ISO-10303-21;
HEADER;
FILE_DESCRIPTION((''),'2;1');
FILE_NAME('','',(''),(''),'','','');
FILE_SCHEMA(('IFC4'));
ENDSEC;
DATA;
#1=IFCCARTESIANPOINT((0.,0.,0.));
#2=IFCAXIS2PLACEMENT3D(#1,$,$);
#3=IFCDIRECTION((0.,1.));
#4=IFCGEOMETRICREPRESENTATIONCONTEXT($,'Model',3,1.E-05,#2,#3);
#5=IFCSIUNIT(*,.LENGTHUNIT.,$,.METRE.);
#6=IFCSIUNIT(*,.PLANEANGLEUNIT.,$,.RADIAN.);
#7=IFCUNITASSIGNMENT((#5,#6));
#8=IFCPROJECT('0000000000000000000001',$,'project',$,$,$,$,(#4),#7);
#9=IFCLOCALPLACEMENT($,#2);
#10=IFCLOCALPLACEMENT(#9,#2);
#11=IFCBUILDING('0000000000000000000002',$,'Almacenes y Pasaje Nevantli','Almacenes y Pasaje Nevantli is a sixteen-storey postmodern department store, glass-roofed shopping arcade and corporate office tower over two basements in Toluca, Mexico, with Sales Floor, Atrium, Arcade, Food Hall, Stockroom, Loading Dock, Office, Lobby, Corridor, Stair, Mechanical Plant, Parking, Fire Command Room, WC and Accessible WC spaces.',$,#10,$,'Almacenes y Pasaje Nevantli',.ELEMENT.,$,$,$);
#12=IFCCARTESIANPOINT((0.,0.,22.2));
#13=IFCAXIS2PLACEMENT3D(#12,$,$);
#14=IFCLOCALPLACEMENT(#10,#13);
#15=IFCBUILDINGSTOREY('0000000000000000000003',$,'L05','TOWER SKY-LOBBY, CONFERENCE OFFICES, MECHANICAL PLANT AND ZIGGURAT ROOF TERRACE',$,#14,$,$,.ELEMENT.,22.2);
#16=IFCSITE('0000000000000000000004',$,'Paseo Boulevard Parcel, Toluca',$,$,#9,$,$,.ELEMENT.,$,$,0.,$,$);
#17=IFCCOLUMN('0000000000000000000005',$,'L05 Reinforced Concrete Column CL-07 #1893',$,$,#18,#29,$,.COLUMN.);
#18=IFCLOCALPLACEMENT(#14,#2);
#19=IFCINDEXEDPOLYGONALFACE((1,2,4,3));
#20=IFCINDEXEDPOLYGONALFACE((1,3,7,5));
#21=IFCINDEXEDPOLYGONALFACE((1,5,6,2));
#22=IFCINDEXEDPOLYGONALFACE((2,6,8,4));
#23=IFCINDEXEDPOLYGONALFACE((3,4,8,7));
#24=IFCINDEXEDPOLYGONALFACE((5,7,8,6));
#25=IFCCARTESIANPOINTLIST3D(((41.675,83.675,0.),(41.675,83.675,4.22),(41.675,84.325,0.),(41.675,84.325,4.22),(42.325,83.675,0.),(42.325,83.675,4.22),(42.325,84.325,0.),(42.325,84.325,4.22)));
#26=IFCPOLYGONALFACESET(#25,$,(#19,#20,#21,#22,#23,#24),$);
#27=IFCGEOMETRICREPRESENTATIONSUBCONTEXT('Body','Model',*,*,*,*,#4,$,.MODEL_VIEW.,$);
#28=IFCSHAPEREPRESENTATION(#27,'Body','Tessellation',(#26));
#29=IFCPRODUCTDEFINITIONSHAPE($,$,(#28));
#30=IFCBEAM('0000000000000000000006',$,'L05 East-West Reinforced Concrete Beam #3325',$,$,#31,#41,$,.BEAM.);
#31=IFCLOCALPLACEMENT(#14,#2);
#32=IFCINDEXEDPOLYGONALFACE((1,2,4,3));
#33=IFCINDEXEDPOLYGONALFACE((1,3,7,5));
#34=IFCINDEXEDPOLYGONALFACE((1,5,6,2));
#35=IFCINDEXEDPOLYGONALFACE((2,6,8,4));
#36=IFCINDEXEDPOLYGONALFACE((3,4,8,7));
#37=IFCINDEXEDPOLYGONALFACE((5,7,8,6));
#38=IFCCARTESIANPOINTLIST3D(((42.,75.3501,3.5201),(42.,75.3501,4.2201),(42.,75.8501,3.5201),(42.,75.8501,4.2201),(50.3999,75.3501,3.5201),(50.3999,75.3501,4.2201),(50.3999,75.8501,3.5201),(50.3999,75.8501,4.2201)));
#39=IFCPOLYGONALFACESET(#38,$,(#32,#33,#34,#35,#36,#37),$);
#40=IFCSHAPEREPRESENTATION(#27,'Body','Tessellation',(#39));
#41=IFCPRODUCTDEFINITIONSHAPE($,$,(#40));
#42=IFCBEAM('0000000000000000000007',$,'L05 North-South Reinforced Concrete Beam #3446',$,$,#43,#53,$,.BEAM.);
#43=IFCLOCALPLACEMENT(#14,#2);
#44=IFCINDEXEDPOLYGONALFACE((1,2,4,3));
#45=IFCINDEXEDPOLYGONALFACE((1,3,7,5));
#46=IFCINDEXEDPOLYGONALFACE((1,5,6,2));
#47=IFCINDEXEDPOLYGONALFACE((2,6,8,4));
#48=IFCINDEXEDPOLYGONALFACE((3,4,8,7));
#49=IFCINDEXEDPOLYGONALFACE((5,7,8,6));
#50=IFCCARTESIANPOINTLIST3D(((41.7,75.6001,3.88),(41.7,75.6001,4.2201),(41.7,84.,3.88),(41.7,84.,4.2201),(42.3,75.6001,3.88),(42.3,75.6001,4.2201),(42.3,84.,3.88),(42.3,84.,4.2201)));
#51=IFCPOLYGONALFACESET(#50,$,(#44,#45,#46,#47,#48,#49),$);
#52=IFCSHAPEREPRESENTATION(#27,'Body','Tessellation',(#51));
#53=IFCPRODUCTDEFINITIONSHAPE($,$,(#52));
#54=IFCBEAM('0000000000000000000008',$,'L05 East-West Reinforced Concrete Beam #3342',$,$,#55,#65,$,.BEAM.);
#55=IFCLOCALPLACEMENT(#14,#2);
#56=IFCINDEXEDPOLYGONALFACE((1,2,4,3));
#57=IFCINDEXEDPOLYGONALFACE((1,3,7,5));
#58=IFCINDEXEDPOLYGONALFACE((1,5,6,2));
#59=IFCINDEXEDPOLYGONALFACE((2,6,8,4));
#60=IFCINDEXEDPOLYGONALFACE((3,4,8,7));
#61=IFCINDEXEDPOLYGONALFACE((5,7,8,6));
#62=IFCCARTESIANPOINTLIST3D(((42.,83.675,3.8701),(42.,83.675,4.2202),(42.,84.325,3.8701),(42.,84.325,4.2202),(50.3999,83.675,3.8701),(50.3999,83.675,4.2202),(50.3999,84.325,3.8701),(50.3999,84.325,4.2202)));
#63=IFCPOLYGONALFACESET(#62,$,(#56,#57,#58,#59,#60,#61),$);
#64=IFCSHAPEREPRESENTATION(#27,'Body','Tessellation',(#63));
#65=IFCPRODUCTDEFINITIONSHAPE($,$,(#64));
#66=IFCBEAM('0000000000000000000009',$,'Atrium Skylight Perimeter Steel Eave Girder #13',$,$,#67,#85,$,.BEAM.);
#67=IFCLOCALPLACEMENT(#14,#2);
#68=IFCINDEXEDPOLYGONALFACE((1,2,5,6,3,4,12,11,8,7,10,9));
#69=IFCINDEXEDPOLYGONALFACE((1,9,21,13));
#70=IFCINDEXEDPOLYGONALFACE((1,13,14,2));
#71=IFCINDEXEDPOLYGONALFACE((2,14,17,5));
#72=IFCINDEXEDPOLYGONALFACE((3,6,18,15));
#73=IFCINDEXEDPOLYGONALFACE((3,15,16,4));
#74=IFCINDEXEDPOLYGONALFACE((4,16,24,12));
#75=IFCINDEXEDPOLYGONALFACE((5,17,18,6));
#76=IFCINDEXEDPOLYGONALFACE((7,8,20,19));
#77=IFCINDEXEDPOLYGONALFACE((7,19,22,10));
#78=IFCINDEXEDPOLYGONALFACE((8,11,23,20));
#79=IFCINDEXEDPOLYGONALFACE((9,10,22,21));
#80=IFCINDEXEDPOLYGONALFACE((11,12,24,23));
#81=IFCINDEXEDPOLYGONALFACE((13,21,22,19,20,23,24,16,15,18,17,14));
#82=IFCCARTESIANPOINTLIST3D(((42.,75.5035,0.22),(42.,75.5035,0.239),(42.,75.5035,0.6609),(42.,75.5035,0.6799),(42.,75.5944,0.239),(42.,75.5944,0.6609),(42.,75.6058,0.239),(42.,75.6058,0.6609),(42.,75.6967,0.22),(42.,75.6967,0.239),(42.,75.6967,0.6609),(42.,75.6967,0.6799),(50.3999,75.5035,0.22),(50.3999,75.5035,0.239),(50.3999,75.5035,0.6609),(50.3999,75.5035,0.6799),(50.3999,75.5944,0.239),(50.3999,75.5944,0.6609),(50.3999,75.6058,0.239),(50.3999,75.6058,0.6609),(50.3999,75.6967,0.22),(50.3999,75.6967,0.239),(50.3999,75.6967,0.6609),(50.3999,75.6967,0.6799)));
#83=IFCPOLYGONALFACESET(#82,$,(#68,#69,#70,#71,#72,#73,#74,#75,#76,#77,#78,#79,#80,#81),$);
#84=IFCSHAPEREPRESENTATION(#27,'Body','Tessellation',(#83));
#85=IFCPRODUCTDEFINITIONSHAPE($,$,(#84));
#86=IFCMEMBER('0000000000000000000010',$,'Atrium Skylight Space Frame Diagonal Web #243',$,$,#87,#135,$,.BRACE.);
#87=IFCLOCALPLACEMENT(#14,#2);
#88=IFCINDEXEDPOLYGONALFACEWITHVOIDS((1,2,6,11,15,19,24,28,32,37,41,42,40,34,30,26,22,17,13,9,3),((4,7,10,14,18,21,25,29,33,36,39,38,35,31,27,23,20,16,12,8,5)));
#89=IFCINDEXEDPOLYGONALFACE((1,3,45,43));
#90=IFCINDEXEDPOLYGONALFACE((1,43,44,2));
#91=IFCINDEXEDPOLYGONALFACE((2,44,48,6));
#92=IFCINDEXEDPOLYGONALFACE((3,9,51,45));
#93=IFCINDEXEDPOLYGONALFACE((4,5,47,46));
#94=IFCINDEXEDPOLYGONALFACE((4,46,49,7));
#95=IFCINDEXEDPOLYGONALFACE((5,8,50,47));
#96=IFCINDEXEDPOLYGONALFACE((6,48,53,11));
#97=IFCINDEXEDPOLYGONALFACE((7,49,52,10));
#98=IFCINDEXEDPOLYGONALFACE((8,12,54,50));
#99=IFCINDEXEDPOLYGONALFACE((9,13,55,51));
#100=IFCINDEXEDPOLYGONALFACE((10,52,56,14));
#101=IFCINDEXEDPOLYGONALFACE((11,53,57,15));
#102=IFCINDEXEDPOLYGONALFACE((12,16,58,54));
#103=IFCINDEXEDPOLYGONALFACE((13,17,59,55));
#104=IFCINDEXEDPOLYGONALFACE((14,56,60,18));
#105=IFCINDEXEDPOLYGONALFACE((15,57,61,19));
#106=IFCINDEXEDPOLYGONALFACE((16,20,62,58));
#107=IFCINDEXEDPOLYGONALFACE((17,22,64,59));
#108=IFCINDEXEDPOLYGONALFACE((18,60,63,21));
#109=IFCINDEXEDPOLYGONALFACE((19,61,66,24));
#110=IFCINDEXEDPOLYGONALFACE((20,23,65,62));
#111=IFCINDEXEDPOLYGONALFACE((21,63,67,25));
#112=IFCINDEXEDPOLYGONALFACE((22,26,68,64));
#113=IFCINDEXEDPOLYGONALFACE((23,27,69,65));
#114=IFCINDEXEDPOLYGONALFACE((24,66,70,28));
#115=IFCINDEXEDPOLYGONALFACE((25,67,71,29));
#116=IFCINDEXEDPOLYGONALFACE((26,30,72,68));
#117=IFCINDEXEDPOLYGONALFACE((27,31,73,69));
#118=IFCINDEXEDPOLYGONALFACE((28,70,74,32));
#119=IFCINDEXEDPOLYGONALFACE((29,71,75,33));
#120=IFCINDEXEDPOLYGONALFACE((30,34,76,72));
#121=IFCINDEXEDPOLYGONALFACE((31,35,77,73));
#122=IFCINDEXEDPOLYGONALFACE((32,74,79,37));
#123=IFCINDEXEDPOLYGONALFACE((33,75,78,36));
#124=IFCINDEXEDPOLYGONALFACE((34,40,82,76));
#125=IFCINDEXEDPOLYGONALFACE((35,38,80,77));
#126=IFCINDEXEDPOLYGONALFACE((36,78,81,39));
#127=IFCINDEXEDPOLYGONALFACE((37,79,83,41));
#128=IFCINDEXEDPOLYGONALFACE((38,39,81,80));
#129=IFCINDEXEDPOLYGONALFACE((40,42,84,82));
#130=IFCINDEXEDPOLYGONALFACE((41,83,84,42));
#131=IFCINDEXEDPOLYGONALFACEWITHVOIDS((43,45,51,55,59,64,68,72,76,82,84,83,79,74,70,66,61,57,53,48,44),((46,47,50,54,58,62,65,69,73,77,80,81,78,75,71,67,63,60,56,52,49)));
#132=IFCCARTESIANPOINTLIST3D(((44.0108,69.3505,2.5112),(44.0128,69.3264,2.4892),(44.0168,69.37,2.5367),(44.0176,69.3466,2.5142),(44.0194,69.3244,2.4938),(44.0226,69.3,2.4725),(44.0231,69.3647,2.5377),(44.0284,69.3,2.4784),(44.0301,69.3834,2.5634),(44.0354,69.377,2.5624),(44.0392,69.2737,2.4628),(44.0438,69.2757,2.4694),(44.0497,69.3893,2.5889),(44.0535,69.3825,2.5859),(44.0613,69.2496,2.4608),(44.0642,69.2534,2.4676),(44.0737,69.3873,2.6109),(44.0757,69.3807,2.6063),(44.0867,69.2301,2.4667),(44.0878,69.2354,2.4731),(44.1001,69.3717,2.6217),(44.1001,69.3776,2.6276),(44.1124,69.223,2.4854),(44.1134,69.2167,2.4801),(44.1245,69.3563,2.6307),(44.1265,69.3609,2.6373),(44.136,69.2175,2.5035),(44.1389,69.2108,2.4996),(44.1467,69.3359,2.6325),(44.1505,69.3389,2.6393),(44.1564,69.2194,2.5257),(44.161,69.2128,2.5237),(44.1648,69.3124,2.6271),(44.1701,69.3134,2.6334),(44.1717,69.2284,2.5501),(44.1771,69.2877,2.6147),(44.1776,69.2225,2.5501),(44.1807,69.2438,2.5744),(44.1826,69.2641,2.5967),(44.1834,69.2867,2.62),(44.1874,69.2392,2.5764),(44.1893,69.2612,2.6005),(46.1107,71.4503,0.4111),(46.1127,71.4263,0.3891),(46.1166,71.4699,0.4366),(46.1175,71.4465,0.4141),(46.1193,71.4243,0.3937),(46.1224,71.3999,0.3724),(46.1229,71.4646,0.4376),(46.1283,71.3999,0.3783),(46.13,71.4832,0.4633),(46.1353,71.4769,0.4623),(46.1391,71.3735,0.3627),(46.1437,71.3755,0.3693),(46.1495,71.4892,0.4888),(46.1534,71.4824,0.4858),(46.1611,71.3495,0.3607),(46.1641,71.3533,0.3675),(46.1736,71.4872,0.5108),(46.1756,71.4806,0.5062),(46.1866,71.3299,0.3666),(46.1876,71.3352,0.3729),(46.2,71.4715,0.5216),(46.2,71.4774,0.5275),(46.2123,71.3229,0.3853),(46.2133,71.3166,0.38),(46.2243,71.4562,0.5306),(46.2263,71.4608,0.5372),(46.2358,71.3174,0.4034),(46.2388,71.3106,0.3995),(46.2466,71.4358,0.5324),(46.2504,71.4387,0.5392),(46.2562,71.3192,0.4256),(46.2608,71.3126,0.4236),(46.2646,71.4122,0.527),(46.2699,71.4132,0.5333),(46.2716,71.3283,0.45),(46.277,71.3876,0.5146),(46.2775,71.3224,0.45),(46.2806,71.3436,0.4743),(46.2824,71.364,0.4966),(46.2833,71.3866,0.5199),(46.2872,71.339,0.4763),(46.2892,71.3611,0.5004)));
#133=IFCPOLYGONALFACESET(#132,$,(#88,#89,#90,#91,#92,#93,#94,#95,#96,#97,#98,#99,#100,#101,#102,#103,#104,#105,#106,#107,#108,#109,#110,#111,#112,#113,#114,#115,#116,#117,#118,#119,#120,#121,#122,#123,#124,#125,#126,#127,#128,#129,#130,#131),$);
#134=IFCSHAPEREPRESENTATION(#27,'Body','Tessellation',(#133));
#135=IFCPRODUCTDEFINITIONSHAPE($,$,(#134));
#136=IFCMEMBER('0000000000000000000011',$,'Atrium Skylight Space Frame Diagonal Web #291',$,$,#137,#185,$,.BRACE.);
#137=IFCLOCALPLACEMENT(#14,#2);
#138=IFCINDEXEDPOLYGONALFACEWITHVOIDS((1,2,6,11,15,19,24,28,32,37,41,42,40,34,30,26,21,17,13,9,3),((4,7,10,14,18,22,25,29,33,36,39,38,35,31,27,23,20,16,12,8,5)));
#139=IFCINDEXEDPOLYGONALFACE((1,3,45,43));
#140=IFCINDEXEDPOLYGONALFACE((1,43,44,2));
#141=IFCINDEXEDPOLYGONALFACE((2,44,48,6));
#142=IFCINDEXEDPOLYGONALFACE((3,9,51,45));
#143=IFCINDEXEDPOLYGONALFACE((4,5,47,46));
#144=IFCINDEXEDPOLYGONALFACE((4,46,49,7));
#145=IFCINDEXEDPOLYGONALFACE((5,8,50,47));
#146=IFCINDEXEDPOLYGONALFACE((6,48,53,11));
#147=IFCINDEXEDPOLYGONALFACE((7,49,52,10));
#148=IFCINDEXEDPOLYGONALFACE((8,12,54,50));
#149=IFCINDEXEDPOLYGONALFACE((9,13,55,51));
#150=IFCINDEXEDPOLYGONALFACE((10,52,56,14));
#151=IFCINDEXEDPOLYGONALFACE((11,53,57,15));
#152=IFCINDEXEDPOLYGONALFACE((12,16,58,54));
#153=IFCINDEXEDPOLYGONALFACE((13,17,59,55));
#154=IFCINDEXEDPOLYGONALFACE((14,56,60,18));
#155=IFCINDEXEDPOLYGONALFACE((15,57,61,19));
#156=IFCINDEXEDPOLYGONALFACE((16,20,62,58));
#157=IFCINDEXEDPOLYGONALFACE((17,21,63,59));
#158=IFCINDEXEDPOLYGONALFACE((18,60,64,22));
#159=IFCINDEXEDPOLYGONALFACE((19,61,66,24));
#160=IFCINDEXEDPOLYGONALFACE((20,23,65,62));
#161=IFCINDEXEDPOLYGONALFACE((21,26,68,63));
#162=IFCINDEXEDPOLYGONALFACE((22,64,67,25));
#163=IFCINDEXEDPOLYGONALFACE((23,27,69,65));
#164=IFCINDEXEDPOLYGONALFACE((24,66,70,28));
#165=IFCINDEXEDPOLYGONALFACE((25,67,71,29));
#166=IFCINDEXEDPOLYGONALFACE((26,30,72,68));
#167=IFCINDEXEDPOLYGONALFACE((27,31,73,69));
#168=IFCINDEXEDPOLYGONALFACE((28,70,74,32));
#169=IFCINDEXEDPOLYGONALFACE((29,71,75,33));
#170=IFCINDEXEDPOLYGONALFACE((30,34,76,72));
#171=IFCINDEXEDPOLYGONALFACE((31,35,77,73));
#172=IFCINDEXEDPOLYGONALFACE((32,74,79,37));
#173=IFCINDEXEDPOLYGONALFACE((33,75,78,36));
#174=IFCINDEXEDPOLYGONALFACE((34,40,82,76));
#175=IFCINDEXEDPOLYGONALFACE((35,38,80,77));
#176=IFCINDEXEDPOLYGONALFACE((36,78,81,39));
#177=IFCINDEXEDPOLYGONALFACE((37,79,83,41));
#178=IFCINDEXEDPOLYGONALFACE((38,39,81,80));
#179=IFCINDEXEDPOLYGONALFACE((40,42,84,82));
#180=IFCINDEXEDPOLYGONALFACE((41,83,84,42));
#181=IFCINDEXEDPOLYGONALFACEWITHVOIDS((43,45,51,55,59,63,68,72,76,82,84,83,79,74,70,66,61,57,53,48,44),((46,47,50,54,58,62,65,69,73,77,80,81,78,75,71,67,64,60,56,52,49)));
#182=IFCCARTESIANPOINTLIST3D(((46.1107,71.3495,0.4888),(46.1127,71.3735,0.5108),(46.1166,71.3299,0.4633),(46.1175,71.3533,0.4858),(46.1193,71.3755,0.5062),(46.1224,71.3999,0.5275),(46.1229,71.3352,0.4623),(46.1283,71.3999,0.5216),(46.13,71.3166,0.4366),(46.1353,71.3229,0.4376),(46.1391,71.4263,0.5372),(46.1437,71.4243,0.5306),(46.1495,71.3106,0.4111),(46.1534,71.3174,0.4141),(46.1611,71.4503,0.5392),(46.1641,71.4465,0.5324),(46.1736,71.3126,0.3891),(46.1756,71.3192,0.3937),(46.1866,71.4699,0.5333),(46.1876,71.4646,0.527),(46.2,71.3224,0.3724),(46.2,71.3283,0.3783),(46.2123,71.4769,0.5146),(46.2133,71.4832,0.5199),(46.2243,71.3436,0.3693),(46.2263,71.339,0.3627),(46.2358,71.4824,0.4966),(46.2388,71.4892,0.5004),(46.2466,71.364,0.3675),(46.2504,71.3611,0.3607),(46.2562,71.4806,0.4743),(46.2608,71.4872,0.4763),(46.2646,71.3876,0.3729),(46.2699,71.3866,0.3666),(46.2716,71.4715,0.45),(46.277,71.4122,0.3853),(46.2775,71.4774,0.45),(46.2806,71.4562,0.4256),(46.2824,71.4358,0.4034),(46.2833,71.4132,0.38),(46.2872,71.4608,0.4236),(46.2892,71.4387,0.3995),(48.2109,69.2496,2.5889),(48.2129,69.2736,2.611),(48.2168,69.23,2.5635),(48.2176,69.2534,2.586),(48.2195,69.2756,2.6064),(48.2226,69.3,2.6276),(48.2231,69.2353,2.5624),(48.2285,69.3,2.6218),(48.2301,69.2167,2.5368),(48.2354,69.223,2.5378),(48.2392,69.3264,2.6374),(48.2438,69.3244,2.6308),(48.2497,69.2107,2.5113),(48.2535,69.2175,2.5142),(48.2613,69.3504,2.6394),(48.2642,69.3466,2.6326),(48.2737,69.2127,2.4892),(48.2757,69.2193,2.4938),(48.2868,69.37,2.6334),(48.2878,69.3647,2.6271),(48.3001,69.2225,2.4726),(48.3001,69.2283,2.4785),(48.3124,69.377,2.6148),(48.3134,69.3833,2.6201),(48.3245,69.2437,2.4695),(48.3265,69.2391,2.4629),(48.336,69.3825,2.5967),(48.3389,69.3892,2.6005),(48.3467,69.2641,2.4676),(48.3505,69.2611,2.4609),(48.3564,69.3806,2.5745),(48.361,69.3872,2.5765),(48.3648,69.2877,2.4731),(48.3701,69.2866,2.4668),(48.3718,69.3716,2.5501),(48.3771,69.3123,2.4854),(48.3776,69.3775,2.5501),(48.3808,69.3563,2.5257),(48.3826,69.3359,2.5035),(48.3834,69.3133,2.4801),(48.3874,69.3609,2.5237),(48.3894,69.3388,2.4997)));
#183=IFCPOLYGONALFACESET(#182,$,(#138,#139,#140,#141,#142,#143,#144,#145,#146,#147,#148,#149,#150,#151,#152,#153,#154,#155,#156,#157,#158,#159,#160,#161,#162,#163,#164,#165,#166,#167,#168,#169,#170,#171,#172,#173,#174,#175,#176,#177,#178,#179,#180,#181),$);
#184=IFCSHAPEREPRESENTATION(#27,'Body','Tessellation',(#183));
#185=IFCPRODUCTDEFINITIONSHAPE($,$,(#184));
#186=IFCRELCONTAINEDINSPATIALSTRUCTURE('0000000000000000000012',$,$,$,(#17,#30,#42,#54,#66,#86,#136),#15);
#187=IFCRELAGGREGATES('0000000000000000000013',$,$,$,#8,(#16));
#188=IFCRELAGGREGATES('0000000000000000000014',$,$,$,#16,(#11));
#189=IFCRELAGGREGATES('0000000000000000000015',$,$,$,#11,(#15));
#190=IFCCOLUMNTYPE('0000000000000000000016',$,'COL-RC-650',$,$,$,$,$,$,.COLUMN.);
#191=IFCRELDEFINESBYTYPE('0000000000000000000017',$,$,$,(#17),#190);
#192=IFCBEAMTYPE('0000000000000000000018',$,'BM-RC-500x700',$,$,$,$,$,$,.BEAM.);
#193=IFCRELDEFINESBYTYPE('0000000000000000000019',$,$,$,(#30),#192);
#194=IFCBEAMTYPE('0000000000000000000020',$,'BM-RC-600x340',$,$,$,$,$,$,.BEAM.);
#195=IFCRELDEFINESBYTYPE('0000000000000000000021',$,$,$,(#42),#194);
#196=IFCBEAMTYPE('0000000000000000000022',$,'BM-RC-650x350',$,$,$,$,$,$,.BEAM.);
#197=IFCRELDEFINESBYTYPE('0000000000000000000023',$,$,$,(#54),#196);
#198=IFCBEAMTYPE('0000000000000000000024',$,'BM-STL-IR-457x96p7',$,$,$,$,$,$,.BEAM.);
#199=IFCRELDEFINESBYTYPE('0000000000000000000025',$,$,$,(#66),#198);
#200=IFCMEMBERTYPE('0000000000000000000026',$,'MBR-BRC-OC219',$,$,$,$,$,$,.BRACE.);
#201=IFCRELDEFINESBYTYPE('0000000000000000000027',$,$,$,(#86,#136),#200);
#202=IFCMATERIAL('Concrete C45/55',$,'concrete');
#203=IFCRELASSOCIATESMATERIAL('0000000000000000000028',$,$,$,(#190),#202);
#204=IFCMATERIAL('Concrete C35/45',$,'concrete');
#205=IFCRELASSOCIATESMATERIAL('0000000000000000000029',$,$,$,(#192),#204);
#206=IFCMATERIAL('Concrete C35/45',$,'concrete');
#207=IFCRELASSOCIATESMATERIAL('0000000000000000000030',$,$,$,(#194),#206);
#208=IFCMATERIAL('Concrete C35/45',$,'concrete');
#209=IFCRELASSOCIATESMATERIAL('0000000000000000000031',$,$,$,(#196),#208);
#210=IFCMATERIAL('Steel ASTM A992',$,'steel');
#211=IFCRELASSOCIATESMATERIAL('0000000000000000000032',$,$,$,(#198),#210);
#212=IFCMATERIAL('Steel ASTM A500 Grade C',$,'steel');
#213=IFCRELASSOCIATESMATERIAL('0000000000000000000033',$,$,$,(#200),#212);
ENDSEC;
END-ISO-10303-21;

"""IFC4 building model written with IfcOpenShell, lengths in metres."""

from ifc_helpers import new_model, si_unit, direction, frame, origin, origin_2d, place, context, subcontext, project, spatial, rectangle, hollow_circle, i_section, extrude, material, material_profile, profile_set, type_object, element, save


model = new_model("IFC4")

# Units and contexts
model_context = context("Model", 3, precision=1e-05, world=origin(), true_north=direction((0.0, 1.0)))
body_context = subcontext(model_context, "Body", "Model", "MODEL_VIEW")
ifc_project = project(units=[si_unit("LENGTHUNIT", "METRE"), si_unit("PLANEANGLEUNIT", "RADIAN")], contexts=[model_context])

# Site, building, storey
site_placement = place(None, origin())
site = spatial("IfcSite", under=ifc_project, at=site_placement, Name="Paseo Boulevard Parcel, Toluca", CompositionType="ELEMENT", RefElevation=0.0)
building_placement = place(site_placement, origin())
building = spatial("IfcBuilding", under=site, at=building_placement, Name="Almacenes y Pasaje Nevantli", Description="Almacenes y Pasaje Nevantli is a sixteen-storey postmodern department store, glass-roofed shopping arcade and corporate office tower over two basements in Toluca, Mexico, with Sales Floor, Atrium, Arcade, Food Hall, Stockroom, Loading Dock, Office, Lobby, Corridor, Stair, Mechanical Plant, Parking, Fire Command Room, WC and Accessible WC spaces.", LongName="Almacenes y Pasaje Nevantli", CompositionType="ELEMENT")
storey_placement = place(building_placement, frame((0.0, 0.0, 22.2)))
storey = spatial("IfcBuildingStorey", under=building, at=storey_placement, Name="L05", Description="TOWER SKY-LOBBY, CONFERENCE OFFICES, MECHANICAL PLANT AND ZIGGURAT ROOF TERRACE", CompositionType="ELEMENT", Elevation=22.2)

# Column
ifc_material_1 = material(Name="Concrete C45/55", Category="concrete")
ifc_material_profile_1 = material_profile(ifc_material_1, rectangle(XDim=0.6499, YDim=0.6499, at=origin_2d()), Name="RC-COL-650x650")
ifc_profile_set_1 = profile_set([ifc_material_profile_1], Name="Concrete C45/55")
column_type = type_object("IfcColumnType", Name="COL-RC-650", PredefinedType="COLUMN", material=ifc_profile_set_1)
column_placement = place(storey_placement, frame((42.0, 84.0, 0.0), z_axis=(0.0, 0.0, 1.0), x_axis=(1.0, 0.0, 0.0)))
element("IfcColumn", 1, at=column_placement, inside=storey, type_object=column_type, Name="L05 Reinforced Concrete Column CL-07 #1893", PredefinedType="COLUMN", context=body_context, shape_type="SweptSolid", body=[
    extrude(rectangle(XDim=0.6499, YDim=0.6499, at=origin_2d()), origin(), (0.0, 0.0, 1.0), 4.22),
])

# Beams
ifc_material_2 = material(Name="Concrete C35/45", Category="concrete")
ifc_material_profile_2 = material_profile(ifc_material_2, rectangle(XDim=0.5, YDim=0.7, at=origin_2d()), Name="RC-BM-500x700")
ifc_profile_set_2 = profile_set([ifc_material_profile_2], Name="Concrete C35/45")
beam_type_1 = type_object("IfcBeamType", Name="BM-RC-500x700", PredefinedType="BEAM", material=ifc_profile_set_2)
beam_1_placement = place(storey_placement, frame((42.0, 75.6001, 3.8701), z_axis=(1.0, 0.0, 0.0), x_axis=(0.0, 1.0, 0.0)))
element("IfcBeam", 2, at=beam_1_placement, inside=storey, type_object=beam_type_1, Name="L05 East-West Reinforced Concrete Beam #3325", PredefinedType="BEAM", context=body_context, shape_type="SweptSolid", body=[
    extrude(rectangle(XDim=0.5, YDim=0.7, at=origin_2d()), origin(), (0.0, 0.0, 1.0), 8.3999),
])
ifc_material_3 = material(Name="Concrete C35/45", Category="concrete")
ifc_material_profile_3 = material_profile(ifc_material_3, rectangle(XDim=0.6001, YDim=0.3401, at=origin_2d()), Name="RC-BM-600x340")
ifc_profile_set_3 = profile_set([ifc_material_profile_3], Name="Concrete C35/45")
beam_type_2 = type_object("IfcBeamType", Name="BM-RC-600x340", PredefinedType="BEAM", material=ifc_profile_set_3)
beam_2_placement = place(storey_placement, frame((42.0, 75.6001, 4.05), z_axis=(0.0, 1.0, 0.0), x_axis=(-1.0, 0.0, 0.0)))
element("IfcBeam", 3, at=beam_2_placement, inside=storey, type_object=beam_type_2, Name="L05 North-South Reinforced Concrete Beam #3446", PredefinedType="BEAM", context=body_context, shape_type="SweptSolid", body=[
    extrude(rectangle(XDim=0.6001, YDim=0.3401, at=origin_2d()), origin(), (0.0, 0.0, 1.0), 8.3999),
])
ifc_material_4 = material(Name="Concrete C35/45", Category="concrete")
ifc_material_profile_4 = material_profile(ifc_material_4, rectangle(XDim=0.6499, YDim=0.3501, at=origin_2d()), Name="RC-BM-650x350")
ifc_profile_set_4 = profile_set([ifc_material_profile_4], Name="Concrete C35/45")
beam_type_3 = type_object("IfcBeamType", Name="BM-RC-650x350", PredefinedType="BEAM", material=ifc_profile_set_4)
beam_3_placement = place(storey_placement, frame((42.0, 84.0, 4.0452), z_axis=(1.0, 0.0, 0.0), x_axis=(0.0, 1.0, 0.0)))
element("IfcBeam", 4, at=beam_3_placement, inside=storey, type_object=beam_type_3, Name="L05 East-West Reinforced Concrete Beam #3342", PredefinedType="BEAM", context=body_context, shape_type="SweptSolid", body=[
    extrude(rectangle(XDim=0.6499, YDim=0.3501, at=origin_2d()), origin(), (0.0, 0.0, 1.0), 8.3999),
])
ifc_material_5 = material(Name="Steel ASTM A992", Category="steel")
ifc_material_profile_5 = material_profile(ifc_material_5, i_section(OverallWidth=0.1931, OverallDepth=0.46, WebThickness=0.0115, FlangeThickness=0.019, at=origin_2d()), Name="IR 457x96.7")
ifc_profile_set_5 = profile_set([ifc_material_profile_5], Name="Steel ASTM A992")
beam_type_4 = type_object("IfcBeamType", Name="BM-STL-IR-457x96p7", PredefinedType="BEAM", material=ifc_profile_set_5)
beam_4_placement = place(storey_placement, frame((42.0, 75.6001, 0.45), z_axis=(1.0, 0.0, 0.0), x_axis=(0.0, 1.0, 0.0)))
element("IfcBeam", 5, at=beam_4_placement, inside=storey, type_object=beam_type_4, Name="Atrium Skylight Perimeter Steel Eave Girder #13", PredefinedType="BEAM", context=body_context, shape_type="SweptSolid", body=[
    extrude(i_section(OverallWidth=0.1931, OverallDepth=0.46, WebThickness=0.0115, FlangeThickness=0.019, at=origin_2d()), origin(), (0.0, 0.0, 1.0), 8.3999),
])

# Members
ifc_material_6 = material(Name="Steel ASTM A500 Grade C", Category="steel")
ifc_material_profile_6 = material_profile(ifc_material_6, hollow_circle(Radius=0.1096, WallThickness=0.0083, at=origin_2d()), Name="OC 219x8.2")
ifc_profile_set_6 = profile_set([ifc_material_profile_6], Name="Steel ASTM A500 Grade C")
member_type_1 = type_object("IfcMemberType", Name="MBR-BRC-OC219", PredefinedType="BRACE", material=ifc_profile_set_6)
member_1_placement = place(storey_placement, frame((46.2, 71.3999, 0.45), z_axis=(-0.577328, -0.577328, 0.577395), x_axis=(0.707107, -0.707107, 0.0)))
element("IfcMember", 6, at=member_1_placement, inside=storey, type_object=member_type_1, Name="Atrium Skylight Space Frame Diagonal Web #243", PredefinedType="BRACE", context=body_context, shape_type="SweptSolid", body=[
    extrude(hollow_circle(Radius=0.1096, WallThickness=0.0083, at=origin_2d()), origin(), (0.0, 0.0, 1.0), 3.6372),
])
member_2_placement = place(storey_placement, frame((46.2, 71.3999, 0.45), z_axis=(0.577373, -0.577306, 0.577373), x_axis=(0.707066, 0.707148, 0.0)))
element("IfcMember", 7, at=member_2_placement, inside=storey, type_object=member_type_1, Name="Atrium Skylight Space Frame Diagonal Web #291", PredefinedType="BRACE", context=body_context, shape_type="SweptSolid", body=[
    extrude(hollow_circle(Radius=0.1096, WallThickness=0.0083, at=origin_2d()), origin(), (0.0, 0.0, 1.0), 3.6375),
])

save(model, "model.ifc")
